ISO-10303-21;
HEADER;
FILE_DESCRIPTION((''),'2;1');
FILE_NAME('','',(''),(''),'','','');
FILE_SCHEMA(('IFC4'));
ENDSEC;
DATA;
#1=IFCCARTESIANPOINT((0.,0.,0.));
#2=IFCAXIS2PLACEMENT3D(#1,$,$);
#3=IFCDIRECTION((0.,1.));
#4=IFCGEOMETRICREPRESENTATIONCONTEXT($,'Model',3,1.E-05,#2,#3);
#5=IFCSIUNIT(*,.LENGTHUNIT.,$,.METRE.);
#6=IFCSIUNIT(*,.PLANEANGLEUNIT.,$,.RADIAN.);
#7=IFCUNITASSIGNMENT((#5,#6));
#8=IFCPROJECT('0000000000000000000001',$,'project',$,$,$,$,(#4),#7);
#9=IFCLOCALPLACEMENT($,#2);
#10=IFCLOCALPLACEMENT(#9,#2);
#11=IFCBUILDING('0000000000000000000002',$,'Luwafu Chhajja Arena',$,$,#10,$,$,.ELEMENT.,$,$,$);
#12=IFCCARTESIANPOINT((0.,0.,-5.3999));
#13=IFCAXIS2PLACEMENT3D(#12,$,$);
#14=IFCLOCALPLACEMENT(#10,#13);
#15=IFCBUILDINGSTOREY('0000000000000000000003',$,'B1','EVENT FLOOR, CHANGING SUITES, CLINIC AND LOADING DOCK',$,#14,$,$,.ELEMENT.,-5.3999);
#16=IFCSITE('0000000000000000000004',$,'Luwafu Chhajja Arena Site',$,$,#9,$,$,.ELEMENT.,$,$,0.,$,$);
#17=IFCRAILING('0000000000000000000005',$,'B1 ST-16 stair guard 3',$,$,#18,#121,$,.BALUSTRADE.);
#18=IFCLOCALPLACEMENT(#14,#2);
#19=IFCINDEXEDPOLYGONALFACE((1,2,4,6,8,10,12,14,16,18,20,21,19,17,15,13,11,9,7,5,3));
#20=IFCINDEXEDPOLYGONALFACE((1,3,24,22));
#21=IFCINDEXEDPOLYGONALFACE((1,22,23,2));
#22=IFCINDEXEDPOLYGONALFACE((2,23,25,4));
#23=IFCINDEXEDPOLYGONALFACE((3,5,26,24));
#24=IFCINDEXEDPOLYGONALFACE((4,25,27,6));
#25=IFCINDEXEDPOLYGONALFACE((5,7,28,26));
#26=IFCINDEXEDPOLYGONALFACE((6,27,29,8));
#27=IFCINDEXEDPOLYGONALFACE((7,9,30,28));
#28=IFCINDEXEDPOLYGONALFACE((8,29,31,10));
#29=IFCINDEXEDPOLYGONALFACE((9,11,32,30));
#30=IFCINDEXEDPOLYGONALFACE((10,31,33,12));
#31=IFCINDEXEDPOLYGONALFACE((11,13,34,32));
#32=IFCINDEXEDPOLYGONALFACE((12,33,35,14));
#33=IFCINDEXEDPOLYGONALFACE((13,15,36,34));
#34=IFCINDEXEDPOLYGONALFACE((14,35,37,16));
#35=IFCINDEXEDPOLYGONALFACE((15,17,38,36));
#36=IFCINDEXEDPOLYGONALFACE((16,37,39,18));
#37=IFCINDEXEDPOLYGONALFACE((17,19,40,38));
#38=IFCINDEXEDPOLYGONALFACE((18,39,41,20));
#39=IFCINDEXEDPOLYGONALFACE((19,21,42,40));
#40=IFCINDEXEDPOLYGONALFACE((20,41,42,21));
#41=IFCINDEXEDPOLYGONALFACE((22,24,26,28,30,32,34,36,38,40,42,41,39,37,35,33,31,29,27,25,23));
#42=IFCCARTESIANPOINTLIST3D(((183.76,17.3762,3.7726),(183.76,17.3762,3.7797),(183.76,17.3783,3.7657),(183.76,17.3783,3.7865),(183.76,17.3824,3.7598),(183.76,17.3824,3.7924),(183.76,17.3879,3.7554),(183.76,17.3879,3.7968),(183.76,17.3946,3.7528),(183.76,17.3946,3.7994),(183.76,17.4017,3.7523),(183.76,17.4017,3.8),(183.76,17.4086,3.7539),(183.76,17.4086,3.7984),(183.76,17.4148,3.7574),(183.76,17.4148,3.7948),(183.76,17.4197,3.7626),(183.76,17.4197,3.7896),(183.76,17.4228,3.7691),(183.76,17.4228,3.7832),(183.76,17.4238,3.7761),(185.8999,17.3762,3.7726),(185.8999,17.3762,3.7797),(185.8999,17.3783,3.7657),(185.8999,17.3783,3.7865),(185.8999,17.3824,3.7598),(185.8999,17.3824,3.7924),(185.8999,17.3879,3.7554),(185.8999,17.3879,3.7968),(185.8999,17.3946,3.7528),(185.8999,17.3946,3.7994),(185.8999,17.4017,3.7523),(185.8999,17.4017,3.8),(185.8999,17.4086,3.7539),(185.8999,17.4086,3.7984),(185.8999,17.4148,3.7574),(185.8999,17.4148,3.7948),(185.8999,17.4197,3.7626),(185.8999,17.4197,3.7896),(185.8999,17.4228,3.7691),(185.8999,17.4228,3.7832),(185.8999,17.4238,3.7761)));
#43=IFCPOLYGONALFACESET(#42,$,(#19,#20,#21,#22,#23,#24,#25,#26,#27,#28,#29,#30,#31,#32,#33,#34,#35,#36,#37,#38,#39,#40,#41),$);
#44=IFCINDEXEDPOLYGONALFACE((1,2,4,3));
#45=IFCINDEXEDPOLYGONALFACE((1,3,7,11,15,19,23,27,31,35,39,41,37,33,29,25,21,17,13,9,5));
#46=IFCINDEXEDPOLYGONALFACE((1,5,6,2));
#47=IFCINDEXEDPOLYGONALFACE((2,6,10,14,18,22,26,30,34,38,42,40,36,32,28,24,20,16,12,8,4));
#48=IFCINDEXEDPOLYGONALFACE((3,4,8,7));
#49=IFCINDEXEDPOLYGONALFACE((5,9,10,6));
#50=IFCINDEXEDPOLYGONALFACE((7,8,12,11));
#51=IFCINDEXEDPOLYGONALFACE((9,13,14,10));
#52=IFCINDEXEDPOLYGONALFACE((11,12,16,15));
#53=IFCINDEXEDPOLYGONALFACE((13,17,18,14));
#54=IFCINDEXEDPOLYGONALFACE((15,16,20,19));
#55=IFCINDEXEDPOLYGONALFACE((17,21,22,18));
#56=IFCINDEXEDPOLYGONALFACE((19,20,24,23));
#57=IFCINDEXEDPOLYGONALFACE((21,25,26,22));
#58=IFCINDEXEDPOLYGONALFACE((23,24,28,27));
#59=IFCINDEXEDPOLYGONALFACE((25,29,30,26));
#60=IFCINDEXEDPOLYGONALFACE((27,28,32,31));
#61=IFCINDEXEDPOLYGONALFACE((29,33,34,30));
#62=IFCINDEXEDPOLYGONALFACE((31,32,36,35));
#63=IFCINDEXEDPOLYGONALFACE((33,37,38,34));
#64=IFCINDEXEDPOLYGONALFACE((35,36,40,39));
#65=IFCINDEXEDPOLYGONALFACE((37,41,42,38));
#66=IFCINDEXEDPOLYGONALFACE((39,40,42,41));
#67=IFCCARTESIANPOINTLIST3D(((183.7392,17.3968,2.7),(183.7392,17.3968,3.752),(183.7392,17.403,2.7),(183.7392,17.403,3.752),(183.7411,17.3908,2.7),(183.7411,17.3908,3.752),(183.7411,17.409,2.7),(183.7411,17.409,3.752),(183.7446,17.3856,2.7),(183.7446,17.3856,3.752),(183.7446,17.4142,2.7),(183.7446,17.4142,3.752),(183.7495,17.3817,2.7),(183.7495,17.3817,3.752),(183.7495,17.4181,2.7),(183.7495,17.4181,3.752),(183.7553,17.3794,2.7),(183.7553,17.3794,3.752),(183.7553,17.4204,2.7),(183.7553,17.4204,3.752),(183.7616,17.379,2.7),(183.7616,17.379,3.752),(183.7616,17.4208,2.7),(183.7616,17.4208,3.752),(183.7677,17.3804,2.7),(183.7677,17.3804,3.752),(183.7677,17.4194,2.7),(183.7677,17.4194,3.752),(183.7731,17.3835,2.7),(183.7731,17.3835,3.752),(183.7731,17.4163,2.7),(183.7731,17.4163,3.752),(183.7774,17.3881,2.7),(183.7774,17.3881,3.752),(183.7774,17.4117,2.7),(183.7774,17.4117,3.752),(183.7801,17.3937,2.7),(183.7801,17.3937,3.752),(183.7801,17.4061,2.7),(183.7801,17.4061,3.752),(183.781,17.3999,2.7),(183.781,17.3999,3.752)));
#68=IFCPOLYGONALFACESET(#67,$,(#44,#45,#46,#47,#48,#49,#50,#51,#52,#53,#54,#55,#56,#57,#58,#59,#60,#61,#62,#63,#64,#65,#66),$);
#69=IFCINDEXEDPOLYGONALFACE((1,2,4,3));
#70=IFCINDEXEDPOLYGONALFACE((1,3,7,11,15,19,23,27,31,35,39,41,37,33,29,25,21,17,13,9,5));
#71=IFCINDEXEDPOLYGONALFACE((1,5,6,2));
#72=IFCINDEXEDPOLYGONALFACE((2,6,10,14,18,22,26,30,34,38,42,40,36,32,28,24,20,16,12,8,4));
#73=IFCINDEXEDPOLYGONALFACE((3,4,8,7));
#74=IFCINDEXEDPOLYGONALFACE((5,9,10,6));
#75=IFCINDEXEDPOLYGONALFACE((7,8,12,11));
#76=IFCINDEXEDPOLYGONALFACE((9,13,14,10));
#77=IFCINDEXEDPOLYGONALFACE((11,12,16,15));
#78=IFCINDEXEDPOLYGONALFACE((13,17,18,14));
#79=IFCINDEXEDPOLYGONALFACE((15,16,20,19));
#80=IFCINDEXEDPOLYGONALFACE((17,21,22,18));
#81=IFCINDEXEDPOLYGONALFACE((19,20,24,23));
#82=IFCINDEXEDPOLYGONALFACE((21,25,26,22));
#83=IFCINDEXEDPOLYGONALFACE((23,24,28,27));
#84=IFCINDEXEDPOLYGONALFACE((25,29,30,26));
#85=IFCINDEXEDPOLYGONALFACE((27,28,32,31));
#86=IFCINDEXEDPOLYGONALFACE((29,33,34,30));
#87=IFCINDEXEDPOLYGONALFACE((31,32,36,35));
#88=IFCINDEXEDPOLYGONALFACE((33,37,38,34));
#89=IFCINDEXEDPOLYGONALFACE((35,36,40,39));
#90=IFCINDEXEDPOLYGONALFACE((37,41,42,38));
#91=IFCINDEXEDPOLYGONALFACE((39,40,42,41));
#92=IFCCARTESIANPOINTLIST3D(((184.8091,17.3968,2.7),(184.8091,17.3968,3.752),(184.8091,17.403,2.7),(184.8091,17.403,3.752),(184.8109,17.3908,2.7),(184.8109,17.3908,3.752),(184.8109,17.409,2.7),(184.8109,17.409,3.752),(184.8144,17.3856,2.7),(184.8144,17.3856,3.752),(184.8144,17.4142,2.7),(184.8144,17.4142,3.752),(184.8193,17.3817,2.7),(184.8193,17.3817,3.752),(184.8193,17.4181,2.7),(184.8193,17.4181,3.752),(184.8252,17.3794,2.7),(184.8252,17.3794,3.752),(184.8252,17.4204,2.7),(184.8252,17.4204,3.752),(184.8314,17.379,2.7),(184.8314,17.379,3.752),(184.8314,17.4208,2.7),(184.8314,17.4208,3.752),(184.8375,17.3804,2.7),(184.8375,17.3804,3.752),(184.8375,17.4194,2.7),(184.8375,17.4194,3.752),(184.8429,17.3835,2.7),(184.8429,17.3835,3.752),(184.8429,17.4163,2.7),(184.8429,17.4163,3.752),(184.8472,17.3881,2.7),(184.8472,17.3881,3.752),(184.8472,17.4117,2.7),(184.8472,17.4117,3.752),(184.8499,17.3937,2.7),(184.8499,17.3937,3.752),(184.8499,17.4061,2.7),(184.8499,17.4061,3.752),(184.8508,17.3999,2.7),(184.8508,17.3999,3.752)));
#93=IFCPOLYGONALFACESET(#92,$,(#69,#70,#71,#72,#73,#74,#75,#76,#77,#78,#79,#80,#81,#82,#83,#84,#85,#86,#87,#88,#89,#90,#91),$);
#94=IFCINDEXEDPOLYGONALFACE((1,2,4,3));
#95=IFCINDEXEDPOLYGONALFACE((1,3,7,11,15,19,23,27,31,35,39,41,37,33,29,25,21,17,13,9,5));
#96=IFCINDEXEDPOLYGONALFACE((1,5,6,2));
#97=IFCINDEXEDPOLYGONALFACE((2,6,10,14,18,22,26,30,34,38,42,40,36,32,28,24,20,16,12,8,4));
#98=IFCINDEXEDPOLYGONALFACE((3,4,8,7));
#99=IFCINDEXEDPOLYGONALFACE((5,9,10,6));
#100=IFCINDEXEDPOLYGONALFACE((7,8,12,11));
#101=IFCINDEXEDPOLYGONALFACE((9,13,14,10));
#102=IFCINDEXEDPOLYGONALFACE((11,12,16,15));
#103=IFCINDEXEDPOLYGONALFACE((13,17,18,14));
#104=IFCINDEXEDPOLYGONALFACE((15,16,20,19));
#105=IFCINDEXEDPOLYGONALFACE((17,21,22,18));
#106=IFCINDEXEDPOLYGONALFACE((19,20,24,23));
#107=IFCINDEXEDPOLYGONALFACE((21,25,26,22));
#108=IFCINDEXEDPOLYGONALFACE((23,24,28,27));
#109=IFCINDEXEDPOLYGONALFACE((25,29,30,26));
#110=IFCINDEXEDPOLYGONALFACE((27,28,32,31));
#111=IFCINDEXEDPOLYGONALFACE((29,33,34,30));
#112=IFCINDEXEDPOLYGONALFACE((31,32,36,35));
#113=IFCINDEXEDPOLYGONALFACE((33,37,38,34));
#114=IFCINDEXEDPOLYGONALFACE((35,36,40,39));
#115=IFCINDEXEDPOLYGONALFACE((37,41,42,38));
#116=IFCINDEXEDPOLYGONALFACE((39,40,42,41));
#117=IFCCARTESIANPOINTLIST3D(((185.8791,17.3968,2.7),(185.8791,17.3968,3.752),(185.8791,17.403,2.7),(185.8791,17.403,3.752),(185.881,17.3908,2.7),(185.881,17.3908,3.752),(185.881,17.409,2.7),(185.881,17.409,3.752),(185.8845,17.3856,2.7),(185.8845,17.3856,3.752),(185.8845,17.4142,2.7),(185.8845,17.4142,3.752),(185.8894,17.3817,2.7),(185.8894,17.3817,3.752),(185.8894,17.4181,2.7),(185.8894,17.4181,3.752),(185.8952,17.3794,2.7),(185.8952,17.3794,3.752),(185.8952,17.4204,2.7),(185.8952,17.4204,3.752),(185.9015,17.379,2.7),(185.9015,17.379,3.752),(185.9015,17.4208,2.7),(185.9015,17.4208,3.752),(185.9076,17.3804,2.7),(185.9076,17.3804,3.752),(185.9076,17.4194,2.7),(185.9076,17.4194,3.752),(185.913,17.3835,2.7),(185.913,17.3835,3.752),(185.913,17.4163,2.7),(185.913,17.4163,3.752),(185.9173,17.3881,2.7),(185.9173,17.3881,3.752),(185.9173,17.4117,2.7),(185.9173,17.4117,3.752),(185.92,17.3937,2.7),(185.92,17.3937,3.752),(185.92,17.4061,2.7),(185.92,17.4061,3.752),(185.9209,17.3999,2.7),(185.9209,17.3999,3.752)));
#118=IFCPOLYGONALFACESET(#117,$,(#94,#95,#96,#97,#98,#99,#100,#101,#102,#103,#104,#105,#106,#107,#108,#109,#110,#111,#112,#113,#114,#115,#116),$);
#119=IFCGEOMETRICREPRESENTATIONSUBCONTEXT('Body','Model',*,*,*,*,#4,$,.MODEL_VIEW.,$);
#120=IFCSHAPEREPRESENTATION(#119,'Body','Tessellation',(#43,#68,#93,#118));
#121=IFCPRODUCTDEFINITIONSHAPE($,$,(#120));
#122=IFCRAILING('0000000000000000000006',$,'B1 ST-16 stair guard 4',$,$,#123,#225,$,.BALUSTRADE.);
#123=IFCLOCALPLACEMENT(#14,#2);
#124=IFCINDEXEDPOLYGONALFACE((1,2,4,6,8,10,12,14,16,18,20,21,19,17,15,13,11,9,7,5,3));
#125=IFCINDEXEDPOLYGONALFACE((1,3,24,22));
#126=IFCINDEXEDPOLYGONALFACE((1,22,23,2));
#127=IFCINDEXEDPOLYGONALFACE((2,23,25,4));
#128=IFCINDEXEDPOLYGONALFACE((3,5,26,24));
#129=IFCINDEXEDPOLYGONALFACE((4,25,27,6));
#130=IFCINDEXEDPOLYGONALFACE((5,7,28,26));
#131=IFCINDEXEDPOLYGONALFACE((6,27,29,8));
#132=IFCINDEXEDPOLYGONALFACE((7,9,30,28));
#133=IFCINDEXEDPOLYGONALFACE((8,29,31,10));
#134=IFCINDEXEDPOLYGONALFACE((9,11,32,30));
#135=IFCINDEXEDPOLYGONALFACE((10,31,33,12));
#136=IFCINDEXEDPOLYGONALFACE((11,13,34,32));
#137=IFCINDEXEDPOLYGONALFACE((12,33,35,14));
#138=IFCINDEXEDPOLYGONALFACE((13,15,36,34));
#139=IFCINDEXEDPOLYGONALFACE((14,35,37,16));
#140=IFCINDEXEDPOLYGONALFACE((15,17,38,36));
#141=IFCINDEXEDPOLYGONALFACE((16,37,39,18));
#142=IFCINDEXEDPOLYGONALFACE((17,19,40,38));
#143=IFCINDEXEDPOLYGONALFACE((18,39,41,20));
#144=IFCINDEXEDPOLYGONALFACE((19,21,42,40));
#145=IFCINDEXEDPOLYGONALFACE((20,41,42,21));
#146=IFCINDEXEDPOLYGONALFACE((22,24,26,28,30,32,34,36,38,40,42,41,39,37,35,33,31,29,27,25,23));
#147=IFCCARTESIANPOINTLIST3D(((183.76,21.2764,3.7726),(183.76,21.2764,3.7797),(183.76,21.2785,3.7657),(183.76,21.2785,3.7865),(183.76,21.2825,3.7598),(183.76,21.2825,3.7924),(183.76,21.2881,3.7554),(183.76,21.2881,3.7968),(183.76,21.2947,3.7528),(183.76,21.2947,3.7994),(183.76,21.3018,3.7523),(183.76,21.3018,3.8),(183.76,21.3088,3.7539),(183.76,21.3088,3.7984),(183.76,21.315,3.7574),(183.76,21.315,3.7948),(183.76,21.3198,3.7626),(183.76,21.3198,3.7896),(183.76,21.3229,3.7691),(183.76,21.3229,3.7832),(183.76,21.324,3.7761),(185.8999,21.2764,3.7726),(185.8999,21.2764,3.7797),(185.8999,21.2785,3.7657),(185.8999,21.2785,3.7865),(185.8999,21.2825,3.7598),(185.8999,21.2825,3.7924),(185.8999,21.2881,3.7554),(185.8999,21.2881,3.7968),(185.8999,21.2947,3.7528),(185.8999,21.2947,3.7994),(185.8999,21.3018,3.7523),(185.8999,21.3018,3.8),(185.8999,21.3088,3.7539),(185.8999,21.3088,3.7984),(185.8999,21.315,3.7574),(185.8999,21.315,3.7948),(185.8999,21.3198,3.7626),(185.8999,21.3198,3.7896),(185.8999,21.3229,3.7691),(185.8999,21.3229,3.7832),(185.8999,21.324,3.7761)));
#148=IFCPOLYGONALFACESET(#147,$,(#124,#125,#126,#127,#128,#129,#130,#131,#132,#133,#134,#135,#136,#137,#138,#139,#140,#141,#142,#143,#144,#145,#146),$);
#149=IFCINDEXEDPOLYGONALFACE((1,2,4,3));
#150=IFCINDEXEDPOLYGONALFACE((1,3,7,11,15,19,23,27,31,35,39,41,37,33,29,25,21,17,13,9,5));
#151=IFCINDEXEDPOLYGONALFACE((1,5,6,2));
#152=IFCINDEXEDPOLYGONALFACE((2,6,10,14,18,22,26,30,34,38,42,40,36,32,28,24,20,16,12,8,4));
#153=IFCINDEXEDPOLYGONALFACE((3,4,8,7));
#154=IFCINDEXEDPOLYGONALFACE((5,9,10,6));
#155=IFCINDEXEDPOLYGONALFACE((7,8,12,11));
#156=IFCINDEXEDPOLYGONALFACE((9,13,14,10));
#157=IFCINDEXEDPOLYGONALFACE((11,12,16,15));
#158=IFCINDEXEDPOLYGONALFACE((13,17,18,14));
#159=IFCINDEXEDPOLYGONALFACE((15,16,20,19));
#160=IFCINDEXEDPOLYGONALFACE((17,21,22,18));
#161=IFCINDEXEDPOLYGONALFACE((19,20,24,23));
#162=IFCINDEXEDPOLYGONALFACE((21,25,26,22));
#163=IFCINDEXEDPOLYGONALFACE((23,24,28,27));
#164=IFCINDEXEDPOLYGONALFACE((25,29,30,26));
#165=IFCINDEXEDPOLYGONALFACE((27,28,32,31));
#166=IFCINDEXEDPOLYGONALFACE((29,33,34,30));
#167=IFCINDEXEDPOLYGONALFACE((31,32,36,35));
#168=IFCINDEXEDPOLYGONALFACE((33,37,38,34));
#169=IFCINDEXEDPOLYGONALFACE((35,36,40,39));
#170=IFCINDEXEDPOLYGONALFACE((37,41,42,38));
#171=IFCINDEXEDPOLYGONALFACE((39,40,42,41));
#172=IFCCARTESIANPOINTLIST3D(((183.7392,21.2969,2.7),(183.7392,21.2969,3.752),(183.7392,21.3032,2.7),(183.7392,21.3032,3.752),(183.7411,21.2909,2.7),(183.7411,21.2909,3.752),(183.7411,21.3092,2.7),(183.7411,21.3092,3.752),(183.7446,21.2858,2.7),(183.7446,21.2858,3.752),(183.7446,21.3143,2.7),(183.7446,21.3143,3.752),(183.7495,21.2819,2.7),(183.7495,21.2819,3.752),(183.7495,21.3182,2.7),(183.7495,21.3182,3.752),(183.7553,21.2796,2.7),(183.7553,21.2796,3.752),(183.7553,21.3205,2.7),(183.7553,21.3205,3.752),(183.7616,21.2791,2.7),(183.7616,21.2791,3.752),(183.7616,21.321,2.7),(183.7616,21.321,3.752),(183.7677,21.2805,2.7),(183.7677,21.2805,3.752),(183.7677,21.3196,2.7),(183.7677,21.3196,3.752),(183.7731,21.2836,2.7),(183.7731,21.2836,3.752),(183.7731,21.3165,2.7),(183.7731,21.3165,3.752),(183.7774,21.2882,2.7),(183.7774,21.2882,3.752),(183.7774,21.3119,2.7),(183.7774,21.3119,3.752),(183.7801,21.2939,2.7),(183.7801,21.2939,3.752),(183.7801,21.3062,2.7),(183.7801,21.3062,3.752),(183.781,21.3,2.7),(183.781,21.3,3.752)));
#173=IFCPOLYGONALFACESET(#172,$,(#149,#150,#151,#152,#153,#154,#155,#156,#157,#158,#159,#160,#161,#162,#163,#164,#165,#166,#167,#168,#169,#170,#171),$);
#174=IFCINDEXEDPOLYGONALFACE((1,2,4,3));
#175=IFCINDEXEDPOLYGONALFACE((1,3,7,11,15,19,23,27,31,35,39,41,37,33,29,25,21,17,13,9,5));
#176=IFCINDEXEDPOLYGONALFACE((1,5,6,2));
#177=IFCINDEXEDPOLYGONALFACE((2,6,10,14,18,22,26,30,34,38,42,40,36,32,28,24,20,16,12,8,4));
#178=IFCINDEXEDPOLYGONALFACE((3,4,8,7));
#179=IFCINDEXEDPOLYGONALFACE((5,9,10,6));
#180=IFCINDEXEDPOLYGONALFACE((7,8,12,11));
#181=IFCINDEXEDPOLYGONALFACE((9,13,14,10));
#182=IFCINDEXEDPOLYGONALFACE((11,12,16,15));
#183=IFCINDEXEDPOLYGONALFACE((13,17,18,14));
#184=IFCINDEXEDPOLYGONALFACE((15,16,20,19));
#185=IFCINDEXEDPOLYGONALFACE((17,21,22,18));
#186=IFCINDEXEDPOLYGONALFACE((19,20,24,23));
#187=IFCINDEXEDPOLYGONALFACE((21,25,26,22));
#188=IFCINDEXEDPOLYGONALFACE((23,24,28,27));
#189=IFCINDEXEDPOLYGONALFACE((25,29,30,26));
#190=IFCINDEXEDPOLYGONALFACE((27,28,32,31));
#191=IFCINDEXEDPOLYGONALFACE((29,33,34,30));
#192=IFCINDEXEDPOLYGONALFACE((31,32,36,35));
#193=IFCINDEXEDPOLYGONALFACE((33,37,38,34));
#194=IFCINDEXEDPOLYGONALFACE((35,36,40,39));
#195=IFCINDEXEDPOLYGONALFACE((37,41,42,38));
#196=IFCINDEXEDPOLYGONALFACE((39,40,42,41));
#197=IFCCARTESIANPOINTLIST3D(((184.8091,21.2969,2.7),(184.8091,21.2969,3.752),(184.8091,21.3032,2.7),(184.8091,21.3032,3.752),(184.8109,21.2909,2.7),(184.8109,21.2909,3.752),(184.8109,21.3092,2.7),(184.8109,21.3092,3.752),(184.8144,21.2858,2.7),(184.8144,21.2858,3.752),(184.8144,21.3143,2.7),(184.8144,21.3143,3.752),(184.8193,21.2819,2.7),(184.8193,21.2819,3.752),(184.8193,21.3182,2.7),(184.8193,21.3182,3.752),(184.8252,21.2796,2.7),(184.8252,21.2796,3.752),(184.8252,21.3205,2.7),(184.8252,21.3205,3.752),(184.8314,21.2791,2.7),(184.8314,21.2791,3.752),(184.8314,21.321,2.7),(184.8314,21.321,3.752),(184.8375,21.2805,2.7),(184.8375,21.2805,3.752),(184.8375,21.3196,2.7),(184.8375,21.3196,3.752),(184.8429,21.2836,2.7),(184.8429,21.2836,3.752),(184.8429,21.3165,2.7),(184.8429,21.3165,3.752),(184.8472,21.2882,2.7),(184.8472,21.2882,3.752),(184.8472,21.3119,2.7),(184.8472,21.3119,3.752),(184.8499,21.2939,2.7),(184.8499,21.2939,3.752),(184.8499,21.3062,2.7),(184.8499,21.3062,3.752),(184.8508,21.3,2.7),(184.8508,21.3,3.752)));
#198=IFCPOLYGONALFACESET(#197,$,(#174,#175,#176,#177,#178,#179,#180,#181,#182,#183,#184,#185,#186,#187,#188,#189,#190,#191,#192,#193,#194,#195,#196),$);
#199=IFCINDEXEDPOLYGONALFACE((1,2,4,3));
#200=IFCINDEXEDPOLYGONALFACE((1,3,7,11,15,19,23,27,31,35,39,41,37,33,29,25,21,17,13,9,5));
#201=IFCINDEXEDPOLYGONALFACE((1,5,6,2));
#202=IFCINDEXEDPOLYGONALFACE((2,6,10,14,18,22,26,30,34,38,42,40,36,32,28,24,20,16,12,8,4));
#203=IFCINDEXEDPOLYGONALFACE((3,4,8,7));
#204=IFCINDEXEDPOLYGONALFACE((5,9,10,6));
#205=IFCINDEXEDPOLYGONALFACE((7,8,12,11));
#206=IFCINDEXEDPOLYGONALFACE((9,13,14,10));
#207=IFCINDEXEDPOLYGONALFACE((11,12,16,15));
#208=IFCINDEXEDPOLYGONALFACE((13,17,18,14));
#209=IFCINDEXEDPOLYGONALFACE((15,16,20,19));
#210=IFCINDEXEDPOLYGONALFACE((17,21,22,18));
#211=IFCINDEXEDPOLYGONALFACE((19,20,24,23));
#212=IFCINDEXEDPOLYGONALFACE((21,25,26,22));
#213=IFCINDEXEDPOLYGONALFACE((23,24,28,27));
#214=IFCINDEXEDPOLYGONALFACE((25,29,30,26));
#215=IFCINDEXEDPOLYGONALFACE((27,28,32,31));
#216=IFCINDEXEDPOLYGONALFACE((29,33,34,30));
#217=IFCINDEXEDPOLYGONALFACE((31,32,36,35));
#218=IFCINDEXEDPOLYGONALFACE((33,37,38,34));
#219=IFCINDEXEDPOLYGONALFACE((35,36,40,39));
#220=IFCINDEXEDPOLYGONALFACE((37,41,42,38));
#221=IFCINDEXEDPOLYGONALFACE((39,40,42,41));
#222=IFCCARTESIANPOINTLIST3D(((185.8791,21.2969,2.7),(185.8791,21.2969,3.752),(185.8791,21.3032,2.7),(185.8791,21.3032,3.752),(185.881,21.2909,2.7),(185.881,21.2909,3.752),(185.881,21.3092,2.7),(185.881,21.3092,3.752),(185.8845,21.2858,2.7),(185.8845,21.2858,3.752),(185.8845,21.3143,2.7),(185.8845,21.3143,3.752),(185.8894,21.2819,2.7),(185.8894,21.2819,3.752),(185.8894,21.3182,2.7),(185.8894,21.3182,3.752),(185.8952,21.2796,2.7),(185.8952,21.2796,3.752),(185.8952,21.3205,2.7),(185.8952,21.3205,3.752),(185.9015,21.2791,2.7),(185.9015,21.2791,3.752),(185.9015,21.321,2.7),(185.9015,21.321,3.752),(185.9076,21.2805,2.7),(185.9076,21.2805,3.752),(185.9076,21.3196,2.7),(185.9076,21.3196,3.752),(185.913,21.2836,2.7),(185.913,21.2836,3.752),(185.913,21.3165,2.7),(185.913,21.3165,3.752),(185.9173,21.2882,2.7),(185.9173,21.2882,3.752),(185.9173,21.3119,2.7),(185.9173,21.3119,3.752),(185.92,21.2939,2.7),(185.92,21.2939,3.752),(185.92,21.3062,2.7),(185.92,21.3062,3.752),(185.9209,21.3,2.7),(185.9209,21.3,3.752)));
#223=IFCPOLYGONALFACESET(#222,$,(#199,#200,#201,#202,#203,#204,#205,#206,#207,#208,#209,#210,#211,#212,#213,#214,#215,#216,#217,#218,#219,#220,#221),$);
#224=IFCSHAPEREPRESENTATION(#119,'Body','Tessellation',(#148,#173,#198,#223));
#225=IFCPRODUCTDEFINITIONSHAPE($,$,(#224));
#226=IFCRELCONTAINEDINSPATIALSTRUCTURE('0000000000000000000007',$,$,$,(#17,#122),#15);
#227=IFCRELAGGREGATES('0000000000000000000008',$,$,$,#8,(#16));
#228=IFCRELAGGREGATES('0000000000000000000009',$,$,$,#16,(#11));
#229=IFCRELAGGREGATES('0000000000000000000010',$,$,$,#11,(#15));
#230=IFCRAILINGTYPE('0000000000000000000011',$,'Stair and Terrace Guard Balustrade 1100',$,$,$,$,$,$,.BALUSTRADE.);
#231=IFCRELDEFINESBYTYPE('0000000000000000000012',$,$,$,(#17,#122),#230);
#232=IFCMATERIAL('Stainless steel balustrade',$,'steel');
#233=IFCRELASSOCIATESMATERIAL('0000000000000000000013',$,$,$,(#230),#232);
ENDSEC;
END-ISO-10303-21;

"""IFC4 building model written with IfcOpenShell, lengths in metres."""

from ifc_helpers import new_model, si_unit, direction, frame, origin, origin_2d, place, context, subcontext, project, spatial, circle, extrude, material, type_object, element, save


model = new_model("IFC4")

# Units and contexts
model_context = context("Model", 3, precision=1e-05, world=origin(), true_north=direction((0.0, 1.0)))
body_context = subcontext(model_context, "Body", "Model", "MODEL_VIEW")
ifc_project = project(units=[si_unit("LENGTHUNIT", "METRE"), si_unit("PLANEANGLEUNIT", "RADIAN")], contexts=[model_context])

# Site, building, storey
site_placement = place(None, origin())
site = spatial("IfcSite", under=ifc_project, at=site_placement, Name="Luwafu Chhajja Arena Site", CompositionType="ELEMENT", RefElevation=0.0)
building_placement = place(site_placement, origin())
building = spatial("IfcBuilding", under=site, at=building_placement, Name="Luwafu Chhajja Arena", CompositionType="ELEMENT")
storey_placement = place(building_placement, frame((0.0, 0.0, -5.3999)))
storey = spatial("IfcBuildingStorey", under=building, at=storey_placement, Name="B1", Description="EVENT FLOOR, CHANGING SUITES, CLINIC AND LOADING DOCK", CompositionType="ELEMENT", Elevation=-5.3999)

# Railings
ifc_material_1 = material(Name="Stainless steel balustrade", Category="steel")
railing_type_1 = type_object("IfcRailingType", Name="Stair and Terrace Guard Balustrade 1100", PredefinedType="BALUSTRADE", material=ifc_material_1)
for number, where, name in (
    (1, (183.76, 17.3999, 2.7), "B1 ST-16 stair guard 3"),
    (2, (183.76, 21.3, 2.7), "B1 ST-16 stair guard 4"),
):
    element("IfcRailing", number, at=place(storey_placement, frame(where)), inside=storey, type_object=railing_type_1, Name=name, PredefinedType="BALUSTRADE", context=body_context, shape_type="SweptSolid", body=[
        extrude(circle(Radius=0.0239, at=origin_2d()), frame((0.0, 0.0, 1.0762), z_axis=(1.0, 0.0, 0.0), x_axis=(0.0, 1.0, 0.0)), (0.0, 0.0, 1.0), 2.1399),
        extrude(circle(Radius=0.021, at=origin_2d()), origin(), (0.0, 0.0, 1.0), 1.052),
        extrude(circle(Radius=0.021, at=origin_2d()), frame((1.0698, 0.0, 0.0)), (0.0, 0.0, 1.0), 1.052),
        extrude(circle(Radius=0.021, at=origin_2d()), frame((2.1399, 0.0, 0.0)), (0.0, 0.0, 1.0), 1.052),
    ])

save(model, "model.ifc")
